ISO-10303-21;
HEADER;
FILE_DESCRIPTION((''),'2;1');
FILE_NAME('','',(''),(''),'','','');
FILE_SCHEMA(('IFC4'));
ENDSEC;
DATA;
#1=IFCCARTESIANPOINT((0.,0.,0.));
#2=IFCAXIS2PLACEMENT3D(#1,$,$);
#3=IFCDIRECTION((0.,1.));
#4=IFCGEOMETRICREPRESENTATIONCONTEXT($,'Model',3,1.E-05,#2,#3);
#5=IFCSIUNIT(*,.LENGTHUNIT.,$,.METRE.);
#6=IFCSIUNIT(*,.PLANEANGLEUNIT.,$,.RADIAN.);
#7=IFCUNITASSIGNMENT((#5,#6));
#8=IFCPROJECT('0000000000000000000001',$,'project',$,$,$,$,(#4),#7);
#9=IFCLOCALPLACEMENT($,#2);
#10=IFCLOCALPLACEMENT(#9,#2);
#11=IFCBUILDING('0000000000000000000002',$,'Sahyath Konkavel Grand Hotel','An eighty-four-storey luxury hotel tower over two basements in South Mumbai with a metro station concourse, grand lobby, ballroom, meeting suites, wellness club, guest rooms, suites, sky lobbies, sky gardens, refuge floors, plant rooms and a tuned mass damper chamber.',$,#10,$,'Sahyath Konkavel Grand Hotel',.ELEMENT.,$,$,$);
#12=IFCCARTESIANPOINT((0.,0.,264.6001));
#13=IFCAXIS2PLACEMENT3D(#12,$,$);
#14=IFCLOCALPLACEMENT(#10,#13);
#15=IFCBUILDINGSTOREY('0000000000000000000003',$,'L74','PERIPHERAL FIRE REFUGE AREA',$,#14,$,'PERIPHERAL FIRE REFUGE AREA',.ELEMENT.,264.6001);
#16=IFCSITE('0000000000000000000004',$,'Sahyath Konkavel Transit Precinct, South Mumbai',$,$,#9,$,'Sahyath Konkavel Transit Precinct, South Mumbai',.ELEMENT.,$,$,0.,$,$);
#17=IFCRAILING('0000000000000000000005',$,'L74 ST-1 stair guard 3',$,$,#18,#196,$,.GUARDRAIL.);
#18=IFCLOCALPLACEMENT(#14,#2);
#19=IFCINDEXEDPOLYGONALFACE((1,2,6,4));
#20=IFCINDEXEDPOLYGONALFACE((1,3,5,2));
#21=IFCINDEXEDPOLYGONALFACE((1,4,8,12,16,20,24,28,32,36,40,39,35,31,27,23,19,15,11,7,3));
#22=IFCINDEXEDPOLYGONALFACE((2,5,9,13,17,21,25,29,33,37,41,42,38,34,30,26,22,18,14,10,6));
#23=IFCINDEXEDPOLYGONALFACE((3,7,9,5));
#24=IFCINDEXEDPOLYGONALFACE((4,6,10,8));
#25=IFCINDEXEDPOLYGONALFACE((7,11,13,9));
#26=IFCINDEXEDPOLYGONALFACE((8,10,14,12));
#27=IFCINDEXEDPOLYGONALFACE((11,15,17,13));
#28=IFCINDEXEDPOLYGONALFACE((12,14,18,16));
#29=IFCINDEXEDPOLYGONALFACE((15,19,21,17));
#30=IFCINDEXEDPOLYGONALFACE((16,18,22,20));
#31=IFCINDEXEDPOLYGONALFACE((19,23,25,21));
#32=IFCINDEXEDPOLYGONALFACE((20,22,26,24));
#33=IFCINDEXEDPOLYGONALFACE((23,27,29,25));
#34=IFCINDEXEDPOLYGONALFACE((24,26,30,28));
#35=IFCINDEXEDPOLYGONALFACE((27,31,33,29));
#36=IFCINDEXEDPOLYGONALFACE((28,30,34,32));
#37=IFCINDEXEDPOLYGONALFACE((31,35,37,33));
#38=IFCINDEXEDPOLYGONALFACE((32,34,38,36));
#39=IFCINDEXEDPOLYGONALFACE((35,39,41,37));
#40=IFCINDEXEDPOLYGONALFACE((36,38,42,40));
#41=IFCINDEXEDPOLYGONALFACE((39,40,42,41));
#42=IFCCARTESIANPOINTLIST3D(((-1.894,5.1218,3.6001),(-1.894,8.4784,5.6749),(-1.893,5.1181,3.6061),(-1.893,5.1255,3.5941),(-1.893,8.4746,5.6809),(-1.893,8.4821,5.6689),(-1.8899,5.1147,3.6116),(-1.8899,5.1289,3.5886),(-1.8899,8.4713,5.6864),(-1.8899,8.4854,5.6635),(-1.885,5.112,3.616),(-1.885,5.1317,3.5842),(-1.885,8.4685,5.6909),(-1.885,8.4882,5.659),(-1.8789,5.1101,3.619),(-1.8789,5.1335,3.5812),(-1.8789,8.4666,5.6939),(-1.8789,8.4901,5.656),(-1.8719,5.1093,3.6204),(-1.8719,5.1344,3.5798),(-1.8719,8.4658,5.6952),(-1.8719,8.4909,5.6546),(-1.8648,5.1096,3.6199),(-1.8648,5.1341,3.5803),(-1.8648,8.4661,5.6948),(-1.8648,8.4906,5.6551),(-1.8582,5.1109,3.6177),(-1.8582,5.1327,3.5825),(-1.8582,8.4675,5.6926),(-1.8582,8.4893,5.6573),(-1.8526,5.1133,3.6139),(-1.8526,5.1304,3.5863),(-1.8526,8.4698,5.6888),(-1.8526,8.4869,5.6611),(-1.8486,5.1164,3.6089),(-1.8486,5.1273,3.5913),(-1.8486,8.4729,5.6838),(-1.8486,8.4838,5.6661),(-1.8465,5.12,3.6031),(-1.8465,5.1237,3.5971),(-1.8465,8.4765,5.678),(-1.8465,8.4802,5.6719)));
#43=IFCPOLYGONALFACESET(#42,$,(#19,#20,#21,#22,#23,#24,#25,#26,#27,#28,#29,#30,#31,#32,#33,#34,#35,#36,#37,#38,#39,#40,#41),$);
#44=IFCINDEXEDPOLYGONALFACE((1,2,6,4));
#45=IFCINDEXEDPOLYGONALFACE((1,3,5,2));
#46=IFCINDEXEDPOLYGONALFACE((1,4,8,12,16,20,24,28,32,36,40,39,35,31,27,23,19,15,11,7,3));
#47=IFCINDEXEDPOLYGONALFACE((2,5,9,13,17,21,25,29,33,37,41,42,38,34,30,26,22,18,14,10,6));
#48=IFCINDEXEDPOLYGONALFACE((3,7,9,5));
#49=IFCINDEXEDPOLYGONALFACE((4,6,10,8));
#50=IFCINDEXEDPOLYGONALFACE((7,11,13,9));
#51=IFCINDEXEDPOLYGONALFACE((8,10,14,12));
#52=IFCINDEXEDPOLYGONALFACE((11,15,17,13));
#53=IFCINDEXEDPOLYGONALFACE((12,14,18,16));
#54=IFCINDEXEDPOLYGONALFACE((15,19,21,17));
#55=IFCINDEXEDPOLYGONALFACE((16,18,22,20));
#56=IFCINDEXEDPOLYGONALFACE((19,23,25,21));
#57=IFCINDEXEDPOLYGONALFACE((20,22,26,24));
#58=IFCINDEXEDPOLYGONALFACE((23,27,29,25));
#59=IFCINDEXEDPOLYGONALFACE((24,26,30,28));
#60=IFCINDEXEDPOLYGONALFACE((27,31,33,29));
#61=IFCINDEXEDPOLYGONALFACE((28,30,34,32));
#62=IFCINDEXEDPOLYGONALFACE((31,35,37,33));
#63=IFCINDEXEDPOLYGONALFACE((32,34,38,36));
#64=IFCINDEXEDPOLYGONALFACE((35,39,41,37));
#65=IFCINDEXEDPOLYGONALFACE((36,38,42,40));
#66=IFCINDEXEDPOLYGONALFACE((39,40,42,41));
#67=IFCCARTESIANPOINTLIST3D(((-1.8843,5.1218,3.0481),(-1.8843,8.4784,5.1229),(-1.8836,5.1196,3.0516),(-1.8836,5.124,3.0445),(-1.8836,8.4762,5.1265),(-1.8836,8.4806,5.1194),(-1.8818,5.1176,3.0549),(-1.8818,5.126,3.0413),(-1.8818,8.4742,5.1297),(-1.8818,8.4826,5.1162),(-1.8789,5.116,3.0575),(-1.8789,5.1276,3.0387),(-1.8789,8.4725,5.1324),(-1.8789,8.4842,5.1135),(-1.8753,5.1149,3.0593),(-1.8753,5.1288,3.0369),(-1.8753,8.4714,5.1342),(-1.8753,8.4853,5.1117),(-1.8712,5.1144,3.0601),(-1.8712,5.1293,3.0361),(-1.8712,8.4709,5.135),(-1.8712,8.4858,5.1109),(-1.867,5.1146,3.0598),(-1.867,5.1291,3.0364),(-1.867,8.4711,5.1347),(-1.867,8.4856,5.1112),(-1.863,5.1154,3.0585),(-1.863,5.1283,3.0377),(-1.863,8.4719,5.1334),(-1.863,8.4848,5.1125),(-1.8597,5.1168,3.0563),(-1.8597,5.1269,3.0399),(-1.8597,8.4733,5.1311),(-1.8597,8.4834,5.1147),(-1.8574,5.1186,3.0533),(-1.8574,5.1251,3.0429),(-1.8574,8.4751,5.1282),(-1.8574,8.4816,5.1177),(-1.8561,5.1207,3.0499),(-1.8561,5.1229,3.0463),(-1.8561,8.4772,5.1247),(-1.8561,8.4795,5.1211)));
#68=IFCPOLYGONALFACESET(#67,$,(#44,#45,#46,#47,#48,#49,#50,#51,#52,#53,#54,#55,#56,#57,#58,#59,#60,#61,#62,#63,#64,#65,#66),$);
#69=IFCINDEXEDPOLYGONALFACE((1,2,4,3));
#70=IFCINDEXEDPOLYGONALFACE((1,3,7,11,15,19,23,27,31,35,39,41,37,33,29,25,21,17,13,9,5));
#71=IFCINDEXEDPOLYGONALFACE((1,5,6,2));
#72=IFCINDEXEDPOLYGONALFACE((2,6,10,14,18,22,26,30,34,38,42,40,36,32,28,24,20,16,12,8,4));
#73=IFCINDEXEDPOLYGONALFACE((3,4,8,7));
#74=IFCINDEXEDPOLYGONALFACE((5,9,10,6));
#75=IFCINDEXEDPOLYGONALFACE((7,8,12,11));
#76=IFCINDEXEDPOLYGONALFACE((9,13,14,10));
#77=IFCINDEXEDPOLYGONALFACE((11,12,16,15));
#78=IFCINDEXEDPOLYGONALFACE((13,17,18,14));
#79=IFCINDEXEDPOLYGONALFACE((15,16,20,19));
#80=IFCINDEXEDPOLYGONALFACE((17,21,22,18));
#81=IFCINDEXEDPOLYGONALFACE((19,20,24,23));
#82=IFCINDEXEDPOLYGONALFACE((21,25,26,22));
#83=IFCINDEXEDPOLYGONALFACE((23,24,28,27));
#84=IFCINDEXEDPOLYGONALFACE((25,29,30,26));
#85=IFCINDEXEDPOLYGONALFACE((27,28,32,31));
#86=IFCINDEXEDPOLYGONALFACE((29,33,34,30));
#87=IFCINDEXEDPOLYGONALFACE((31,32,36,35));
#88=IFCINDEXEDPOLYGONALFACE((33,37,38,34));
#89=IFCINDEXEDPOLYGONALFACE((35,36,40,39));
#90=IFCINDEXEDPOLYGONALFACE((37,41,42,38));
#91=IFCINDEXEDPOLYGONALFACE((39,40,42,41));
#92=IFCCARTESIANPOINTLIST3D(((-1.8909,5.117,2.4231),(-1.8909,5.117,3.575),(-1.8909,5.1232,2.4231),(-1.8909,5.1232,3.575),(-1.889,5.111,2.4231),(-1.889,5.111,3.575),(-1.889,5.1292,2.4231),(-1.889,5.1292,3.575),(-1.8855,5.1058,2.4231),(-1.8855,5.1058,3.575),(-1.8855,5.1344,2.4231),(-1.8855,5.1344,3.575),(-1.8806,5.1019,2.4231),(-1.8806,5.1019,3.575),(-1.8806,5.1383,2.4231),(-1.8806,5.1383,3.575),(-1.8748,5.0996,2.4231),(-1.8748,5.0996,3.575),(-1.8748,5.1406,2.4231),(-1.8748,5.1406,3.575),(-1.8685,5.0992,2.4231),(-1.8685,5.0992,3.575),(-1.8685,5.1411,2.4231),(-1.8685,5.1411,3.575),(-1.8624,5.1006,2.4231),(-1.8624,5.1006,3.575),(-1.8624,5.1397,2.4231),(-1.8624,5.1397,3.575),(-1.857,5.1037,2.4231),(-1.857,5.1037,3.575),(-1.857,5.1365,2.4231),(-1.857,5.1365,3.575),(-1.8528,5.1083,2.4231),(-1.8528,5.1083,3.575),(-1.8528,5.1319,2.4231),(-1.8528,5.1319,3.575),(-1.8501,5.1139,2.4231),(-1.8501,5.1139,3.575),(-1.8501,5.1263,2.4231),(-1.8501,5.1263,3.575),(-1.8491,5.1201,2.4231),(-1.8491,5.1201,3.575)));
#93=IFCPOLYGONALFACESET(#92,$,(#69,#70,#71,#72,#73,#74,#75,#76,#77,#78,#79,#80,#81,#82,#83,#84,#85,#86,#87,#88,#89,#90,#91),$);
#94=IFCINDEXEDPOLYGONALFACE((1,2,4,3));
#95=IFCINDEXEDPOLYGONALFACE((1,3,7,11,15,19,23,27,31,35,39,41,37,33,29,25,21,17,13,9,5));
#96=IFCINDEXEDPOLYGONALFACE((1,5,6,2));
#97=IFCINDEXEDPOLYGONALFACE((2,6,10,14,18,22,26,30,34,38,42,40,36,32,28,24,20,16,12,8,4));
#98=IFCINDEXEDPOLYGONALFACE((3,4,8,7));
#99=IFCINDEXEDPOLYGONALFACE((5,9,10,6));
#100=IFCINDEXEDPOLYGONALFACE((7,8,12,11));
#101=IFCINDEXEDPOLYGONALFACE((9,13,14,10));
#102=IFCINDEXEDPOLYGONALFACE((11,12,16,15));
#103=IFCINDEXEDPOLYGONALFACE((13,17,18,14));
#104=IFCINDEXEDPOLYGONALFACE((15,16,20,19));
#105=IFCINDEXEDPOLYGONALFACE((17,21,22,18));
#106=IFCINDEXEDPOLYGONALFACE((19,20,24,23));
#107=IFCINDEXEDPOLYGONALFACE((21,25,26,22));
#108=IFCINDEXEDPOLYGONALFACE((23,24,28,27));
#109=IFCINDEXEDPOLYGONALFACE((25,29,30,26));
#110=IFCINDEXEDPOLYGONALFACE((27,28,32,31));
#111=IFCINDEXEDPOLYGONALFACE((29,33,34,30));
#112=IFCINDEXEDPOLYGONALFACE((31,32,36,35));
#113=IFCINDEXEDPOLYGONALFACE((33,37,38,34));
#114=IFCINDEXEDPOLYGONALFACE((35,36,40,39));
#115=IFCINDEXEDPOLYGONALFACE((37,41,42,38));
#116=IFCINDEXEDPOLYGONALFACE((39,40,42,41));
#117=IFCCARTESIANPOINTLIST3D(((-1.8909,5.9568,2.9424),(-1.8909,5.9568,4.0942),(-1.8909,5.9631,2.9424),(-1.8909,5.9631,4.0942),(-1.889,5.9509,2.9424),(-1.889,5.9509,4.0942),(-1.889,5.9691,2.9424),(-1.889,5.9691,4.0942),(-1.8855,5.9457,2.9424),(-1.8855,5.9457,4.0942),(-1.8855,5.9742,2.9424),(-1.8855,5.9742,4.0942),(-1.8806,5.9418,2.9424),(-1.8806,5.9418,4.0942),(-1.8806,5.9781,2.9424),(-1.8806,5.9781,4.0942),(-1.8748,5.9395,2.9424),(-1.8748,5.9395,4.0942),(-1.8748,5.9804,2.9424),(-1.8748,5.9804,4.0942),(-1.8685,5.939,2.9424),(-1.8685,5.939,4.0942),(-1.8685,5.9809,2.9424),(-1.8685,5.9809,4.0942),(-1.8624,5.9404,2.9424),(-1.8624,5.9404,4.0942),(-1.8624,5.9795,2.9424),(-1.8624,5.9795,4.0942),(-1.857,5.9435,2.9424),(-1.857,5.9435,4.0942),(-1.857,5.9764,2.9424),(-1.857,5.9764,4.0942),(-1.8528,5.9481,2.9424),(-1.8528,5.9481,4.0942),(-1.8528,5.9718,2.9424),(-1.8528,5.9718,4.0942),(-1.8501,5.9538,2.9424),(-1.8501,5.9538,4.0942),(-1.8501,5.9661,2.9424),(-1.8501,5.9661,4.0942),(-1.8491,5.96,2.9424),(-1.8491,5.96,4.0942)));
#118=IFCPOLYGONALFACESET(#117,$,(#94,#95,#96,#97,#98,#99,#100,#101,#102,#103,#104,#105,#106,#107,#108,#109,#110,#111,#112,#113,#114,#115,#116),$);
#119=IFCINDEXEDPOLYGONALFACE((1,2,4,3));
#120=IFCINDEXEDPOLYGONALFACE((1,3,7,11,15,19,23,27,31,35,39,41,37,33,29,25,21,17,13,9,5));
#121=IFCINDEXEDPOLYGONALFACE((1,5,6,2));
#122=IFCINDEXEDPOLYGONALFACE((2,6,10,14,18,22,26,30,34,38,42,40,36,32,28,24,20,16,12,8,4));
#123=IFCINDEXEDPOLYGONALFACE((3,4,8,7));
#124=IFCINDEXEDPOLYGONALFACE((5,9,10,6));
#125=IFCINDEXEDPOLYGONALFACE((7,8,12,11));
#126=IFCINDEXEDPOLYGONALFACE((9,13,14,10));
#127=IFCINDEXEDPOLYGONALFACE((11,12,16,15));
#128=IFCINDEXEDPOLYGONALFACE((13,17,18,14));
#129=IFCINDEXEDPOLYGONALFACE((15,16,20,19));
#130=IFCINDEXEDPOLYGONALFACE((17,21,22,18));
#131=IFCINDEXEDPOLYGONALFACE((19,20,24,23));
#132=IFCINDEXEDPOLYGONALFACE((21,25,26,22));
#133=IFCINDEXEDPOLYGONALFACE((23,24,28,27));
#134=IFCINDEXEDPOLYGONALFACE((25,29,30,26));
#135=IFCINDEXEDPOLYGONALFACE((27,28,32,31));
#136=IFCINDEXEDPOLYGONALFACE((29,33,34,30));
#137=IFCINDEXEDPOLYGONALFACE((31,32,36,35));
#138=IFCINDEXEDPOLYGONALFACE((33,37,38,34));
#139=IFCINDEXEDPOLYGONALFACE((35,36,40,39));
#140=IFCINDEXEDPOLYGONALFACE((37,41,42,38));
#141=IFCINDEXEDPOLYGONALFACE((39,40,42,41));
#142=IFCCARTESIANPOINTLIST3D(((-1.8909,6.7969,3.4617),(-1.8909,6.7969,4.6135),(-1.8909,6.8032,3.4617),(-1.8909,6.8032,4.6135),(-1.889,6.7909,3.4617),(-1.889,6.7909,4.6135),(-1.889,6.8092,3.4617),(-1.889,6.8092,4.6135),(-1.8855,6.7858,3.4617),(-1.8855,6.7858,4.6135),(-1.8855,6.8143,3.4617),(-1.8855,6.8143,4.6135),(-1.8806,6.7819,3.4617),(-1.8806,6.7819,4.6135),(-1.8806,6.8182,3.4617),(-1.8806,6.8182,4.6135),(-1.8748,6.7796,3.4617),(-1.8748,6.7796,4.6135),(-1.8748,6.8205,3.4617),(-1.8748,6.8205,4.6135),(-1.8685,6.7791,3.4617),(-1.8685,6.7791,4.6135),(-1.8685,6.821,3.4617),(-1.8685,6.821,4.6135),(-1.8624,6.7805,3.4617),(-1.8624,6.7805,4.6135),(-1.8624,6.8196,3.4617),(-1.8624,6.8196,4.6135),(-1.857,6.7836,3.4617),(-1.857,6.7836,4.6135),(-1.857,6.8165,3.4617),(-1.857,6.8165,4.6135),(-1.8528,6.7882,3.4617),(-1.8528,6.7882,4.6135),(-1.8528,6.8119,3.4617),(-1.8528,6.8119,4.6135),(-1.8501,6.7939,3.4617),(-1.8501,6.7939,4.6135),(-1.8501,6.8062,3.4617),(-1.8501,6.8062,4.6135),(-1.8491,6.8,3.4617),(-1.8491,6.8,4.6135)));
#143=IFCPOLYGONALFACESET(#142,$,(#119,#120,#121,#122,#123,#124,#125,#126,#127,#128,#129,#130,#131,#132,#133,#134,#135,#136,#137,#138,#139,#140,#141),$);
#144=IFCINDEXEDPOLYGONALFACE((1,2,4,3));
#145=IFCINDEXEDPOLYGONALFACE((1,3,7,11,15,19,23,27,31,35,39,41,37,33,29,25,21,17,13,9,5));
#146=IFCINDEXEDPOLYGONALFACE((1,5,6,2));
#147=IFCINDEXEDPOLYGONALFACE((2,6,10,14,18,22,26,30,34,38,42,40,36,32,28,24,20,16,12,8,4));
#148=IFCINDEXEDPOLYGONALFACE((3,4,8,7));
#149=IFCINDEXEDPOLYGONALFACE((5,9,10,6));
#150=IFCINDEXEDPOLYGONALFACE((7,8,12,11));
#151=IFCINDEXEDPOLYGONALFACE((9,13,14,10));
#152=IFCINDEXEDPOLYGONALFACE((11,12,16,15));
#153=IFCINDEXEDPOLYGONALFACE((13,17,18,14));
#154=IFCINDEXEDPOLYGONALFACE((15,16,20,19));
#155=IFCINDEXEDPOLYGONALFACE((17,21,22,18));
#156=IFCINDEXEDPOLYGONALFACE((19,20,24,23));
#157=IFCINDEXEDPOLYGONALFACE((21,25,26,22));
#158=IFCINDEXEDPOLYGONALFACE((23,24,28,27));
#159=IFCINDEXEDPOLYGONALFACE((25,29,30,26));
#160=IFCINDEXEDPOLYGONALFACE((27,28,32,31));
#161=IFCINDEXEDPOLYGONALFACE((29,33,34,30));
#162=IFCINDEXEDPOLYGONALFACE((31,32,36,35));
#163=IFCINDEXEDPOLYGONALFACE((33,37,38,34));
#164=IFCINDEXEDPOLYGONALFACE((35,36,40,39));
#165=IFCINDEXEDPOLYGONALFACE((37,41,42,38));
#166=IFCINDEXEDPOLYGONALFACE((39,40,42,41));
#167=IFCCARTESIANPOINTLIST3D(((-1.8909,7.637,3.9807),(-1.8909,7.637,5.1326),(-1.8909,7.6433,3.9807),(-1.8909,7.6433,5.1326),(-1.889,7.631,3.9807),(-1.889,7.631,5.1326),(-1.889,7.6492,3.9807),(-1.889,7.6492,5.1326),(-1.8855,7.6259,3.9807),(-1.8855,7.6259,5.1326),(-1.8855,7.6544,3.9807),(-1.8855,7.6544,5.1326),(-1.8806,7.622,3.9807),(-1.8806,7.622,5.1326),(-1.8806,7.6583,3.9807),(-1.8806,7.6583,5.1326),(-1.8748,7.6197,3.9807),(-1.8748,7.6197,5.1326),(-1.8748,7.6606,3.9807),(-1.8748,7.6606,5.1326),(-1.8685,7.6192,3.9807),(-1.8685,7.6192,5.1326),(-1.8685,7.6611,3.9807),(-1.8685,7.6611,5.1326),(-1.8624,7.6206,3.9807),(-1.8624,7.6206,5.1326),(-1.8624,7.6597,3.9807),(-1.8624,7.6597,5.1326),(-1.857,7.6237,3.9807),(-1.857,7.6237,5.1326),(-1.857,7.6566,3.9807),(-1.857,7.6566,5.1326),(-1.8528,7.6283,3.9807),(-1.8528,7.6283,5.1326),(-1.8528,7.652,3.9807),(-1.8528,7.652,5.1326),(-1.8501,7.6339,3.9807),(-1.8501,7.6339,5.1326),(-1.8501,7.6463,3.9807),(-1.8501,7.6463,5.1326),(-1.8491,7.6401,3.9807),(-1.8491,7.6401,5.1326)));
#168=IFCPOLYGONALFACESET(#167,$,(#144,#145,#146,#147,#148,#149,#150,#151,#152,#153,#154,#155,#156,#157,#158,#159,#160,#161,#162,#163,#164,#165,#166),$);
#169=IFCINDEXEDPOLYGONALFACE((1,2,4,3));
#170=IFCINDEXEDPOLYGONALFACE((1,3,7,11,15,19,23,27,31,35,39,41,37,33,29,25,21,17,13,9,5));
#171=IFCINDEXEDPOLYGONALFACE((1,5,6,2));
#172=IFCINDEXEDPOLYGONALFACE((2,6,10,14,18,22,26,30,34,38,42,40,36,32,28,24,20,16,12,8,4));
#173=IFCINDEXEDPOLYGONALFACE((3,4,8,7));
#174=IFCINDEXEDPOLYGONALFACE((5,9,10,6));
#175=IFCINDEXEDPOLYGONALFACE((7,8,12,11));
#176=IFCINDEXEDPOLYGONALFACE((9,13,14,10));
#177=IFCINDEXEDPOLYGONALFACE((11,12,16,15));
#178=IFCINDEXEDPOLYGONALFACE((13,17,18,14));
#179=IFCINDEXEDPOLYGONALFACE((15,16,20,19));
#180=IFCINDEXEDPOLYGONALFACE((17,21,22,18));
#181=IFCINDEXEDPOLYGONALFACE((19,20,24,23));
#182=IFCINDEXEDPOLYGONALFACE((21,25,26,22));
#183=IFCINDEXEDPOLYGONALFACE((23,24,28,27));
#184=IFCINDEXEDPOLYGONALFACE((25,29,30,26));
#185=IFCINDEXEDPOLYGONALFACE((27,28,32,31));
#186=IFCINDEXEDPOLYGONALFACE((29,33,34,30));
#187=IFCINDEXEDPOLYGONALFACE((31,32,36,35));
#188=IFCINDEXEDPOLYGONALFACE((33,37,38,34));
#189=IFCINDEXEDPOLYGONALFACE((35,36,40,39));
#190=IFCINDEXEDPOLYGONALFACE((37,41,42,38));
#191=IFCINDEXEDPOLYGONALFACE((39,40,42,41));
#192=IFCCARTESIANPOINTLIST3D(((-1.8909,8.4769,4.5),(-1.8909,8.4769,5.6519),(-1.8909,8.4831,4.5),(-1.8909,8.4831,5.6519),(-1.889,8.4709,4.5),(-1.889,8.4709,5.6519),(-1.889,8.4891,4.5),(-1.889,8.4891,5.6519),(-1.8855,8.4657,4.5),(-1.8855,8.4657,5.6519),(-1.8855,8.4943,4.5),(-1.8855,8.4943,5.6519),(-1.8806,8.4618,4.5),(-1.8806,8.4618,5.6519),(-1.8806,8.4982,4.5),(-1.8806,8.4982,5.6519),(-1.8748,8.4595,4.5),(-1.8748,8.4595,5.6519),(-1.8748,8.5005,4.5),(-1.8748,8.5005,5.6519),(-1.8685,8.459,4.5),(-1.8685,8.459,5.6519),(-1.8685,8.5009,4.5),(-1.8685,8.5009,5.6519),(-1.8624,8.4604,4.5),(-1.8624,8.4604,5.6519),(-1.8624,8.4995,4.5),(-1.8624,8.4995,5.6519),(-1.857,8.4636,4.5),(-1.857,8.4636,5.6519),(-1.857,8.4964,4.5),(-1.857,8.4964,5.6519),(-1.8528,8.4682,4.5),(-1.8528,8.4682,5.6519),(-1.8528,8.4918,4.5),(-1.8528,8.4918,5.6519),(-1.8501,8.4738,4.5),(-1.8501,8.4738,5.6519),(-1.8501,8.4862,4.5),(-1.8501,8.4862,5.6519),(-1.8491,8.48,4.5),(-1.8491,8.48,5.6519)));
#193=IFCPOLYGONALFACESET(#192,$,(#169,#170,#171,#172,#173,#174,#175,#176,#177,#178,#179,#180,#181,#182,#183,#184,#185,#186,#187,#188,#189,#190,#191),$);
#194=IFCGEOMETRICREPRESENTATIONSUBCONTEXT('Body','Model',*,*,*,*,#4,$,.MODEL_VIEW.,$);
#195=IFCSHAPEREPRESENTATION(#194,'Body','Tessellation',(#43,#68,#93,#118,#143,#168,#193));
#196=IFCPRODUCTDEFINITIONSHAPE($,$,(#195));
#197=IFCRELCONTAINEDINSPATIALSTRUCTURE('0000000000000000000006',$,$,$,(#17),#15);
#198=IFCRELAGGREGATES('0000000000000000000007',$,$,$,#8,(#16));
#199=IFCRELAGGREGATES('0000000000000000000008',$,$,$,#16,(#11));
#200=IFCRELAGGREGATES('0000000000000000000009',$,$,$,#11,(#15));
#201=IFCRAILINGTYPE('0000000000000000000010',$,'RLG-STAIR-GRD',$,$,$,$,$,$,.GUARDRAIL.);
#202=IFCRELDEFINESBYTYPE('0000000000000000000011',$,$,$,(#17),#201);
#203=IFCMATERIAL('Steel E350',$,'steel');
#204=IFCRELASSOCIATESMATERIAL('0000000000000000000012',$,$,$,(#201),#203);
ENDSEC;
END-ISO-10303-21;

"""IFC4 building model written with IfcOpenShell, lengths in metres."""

from ifc_helpers import new_model, si_unit, direction, frame, origin, origin_2d, place, context, subcontext, project, spatial, circle, extrude, material, type_object, element, save


model = new_model("IFC4")

# Units and contexts
model_context = context("Model", 3, precision=1e-05, world=origin(), true_north=direction((0.0, 1.0)))
body_context = subcontext(model_context, "Body", "Model", "MODEL_VIEW")
ifc_project = project(units=[si_unit("LENGTHUNIT", "METRE"), si_unit("PLANEANGLEUNIT", "RADIAN")], contexts=[model_context])

# Site, building, storey
site_placement = place(None, origin())
site = spatial("IfcSite", under=ifc_project, at=site_placement, Name="Sahyath Konkavel Transit Precinct, South Mumbai", LongName="Sahyath Konkavel Transit Precinct, South Mumbai", CompositionType="ELEMENT", RefElevation=0.0)
building_placement = place(site_placement, origin())
building = spatial("IfcBuilding", under=site, at=building_placement, Name="Sahyath Konkavel Grand Hotel", Description="An eighty-four-storey luxury hotel tower over two basements in South Mumbai with a metro station concourse, grand lobby, ballroom, meeting suites, wellness club, guest rooms, suites, sky lobbies, sky gardens, refuge floors, plant rooms and a tuned mass damper chamber.", LongName="Sahyath Konkavel Grand Hotel", CompositionType="ELEMENT")
storey_placement = place(building_placement, frame((0.0, 0.0, 264.6001)))
storey = spatial("IfcBuildingStorey", under=building, at=storey_placement, Name="L74", Description="PERIPHERAL FIRE REFUGE AREA", LongName="PERIPHERAL FIRE REFUGE AREA", CompositionType="ELEMENT", Elevation=264.6001)

# Shared definitions
ifc_material_1 = material(Name="Steel E350", Category="steel")

# Railing
railing_type_1 = type_object("IfcRailingType", Name="RLG-STAIR-GRD", PredefinedType="GUARDRAIL", material=ifc_material_1)
railing_1_placement = place(storey_placement, frame((-1.8701, 5.1201, 2.4231)))
element("IfcRailing", 1, at=railing_1_placement, inside=storey, type_object=railing_type_1, Name="L74 ST-1 stair guard 3", PredefinedType="GUARDRAIL", context=body_context, shape_type="SweptSolid", body=[
    extrude(circle(Radius=0.0239, at=origin_2d()), frame((0.0, 0.0017, 1.177), z_axis=(0.0, 0.850606, 0.525803), x_axis=(-1.0, 0.0, 0.0)), (0.0, 0.0, 1.0), 3.946),
    extrude(circle(Radius=0.0142, at=origin_2d()), frame((0.0, 0.0017, 0.625), z_axis=(0.0, 0.850606, 0.525803), x_axis=(-1.0, 0.0, 0.0)), (0.0, 0.0, 1.0), 3.946),
    extrude(circle(Radius=0.021, at=origin_2d()), origin(), (0.0, 0.0, 1.0), 1.1519),
    extrude(circle(Radius=0.021, at=origin_2d()), frame((0.0, 0.8398, 0.5193)), (0.0, 0.0, 1.0), 1.1519),
    extrude(circle(Radius=0.021, at=origin_2d()), frame((0.0, 1.6799, 1.0386)), (0.0, 0.0, 1.0), 1.1519),
    extrude(circle(Radius=0.021, at=origin_2d()), frame((0.0, 2.52, 1.5576)), (0.0, 0.0, 1.0), 1.1519),
    extrude(circle(Radius=0.021, at=origin_2d()), frame((0.0, 3.3599, 2.0769)), (0.0, 0.0, 1.0), 1.1519),
])

save(model, "model.ifc")
